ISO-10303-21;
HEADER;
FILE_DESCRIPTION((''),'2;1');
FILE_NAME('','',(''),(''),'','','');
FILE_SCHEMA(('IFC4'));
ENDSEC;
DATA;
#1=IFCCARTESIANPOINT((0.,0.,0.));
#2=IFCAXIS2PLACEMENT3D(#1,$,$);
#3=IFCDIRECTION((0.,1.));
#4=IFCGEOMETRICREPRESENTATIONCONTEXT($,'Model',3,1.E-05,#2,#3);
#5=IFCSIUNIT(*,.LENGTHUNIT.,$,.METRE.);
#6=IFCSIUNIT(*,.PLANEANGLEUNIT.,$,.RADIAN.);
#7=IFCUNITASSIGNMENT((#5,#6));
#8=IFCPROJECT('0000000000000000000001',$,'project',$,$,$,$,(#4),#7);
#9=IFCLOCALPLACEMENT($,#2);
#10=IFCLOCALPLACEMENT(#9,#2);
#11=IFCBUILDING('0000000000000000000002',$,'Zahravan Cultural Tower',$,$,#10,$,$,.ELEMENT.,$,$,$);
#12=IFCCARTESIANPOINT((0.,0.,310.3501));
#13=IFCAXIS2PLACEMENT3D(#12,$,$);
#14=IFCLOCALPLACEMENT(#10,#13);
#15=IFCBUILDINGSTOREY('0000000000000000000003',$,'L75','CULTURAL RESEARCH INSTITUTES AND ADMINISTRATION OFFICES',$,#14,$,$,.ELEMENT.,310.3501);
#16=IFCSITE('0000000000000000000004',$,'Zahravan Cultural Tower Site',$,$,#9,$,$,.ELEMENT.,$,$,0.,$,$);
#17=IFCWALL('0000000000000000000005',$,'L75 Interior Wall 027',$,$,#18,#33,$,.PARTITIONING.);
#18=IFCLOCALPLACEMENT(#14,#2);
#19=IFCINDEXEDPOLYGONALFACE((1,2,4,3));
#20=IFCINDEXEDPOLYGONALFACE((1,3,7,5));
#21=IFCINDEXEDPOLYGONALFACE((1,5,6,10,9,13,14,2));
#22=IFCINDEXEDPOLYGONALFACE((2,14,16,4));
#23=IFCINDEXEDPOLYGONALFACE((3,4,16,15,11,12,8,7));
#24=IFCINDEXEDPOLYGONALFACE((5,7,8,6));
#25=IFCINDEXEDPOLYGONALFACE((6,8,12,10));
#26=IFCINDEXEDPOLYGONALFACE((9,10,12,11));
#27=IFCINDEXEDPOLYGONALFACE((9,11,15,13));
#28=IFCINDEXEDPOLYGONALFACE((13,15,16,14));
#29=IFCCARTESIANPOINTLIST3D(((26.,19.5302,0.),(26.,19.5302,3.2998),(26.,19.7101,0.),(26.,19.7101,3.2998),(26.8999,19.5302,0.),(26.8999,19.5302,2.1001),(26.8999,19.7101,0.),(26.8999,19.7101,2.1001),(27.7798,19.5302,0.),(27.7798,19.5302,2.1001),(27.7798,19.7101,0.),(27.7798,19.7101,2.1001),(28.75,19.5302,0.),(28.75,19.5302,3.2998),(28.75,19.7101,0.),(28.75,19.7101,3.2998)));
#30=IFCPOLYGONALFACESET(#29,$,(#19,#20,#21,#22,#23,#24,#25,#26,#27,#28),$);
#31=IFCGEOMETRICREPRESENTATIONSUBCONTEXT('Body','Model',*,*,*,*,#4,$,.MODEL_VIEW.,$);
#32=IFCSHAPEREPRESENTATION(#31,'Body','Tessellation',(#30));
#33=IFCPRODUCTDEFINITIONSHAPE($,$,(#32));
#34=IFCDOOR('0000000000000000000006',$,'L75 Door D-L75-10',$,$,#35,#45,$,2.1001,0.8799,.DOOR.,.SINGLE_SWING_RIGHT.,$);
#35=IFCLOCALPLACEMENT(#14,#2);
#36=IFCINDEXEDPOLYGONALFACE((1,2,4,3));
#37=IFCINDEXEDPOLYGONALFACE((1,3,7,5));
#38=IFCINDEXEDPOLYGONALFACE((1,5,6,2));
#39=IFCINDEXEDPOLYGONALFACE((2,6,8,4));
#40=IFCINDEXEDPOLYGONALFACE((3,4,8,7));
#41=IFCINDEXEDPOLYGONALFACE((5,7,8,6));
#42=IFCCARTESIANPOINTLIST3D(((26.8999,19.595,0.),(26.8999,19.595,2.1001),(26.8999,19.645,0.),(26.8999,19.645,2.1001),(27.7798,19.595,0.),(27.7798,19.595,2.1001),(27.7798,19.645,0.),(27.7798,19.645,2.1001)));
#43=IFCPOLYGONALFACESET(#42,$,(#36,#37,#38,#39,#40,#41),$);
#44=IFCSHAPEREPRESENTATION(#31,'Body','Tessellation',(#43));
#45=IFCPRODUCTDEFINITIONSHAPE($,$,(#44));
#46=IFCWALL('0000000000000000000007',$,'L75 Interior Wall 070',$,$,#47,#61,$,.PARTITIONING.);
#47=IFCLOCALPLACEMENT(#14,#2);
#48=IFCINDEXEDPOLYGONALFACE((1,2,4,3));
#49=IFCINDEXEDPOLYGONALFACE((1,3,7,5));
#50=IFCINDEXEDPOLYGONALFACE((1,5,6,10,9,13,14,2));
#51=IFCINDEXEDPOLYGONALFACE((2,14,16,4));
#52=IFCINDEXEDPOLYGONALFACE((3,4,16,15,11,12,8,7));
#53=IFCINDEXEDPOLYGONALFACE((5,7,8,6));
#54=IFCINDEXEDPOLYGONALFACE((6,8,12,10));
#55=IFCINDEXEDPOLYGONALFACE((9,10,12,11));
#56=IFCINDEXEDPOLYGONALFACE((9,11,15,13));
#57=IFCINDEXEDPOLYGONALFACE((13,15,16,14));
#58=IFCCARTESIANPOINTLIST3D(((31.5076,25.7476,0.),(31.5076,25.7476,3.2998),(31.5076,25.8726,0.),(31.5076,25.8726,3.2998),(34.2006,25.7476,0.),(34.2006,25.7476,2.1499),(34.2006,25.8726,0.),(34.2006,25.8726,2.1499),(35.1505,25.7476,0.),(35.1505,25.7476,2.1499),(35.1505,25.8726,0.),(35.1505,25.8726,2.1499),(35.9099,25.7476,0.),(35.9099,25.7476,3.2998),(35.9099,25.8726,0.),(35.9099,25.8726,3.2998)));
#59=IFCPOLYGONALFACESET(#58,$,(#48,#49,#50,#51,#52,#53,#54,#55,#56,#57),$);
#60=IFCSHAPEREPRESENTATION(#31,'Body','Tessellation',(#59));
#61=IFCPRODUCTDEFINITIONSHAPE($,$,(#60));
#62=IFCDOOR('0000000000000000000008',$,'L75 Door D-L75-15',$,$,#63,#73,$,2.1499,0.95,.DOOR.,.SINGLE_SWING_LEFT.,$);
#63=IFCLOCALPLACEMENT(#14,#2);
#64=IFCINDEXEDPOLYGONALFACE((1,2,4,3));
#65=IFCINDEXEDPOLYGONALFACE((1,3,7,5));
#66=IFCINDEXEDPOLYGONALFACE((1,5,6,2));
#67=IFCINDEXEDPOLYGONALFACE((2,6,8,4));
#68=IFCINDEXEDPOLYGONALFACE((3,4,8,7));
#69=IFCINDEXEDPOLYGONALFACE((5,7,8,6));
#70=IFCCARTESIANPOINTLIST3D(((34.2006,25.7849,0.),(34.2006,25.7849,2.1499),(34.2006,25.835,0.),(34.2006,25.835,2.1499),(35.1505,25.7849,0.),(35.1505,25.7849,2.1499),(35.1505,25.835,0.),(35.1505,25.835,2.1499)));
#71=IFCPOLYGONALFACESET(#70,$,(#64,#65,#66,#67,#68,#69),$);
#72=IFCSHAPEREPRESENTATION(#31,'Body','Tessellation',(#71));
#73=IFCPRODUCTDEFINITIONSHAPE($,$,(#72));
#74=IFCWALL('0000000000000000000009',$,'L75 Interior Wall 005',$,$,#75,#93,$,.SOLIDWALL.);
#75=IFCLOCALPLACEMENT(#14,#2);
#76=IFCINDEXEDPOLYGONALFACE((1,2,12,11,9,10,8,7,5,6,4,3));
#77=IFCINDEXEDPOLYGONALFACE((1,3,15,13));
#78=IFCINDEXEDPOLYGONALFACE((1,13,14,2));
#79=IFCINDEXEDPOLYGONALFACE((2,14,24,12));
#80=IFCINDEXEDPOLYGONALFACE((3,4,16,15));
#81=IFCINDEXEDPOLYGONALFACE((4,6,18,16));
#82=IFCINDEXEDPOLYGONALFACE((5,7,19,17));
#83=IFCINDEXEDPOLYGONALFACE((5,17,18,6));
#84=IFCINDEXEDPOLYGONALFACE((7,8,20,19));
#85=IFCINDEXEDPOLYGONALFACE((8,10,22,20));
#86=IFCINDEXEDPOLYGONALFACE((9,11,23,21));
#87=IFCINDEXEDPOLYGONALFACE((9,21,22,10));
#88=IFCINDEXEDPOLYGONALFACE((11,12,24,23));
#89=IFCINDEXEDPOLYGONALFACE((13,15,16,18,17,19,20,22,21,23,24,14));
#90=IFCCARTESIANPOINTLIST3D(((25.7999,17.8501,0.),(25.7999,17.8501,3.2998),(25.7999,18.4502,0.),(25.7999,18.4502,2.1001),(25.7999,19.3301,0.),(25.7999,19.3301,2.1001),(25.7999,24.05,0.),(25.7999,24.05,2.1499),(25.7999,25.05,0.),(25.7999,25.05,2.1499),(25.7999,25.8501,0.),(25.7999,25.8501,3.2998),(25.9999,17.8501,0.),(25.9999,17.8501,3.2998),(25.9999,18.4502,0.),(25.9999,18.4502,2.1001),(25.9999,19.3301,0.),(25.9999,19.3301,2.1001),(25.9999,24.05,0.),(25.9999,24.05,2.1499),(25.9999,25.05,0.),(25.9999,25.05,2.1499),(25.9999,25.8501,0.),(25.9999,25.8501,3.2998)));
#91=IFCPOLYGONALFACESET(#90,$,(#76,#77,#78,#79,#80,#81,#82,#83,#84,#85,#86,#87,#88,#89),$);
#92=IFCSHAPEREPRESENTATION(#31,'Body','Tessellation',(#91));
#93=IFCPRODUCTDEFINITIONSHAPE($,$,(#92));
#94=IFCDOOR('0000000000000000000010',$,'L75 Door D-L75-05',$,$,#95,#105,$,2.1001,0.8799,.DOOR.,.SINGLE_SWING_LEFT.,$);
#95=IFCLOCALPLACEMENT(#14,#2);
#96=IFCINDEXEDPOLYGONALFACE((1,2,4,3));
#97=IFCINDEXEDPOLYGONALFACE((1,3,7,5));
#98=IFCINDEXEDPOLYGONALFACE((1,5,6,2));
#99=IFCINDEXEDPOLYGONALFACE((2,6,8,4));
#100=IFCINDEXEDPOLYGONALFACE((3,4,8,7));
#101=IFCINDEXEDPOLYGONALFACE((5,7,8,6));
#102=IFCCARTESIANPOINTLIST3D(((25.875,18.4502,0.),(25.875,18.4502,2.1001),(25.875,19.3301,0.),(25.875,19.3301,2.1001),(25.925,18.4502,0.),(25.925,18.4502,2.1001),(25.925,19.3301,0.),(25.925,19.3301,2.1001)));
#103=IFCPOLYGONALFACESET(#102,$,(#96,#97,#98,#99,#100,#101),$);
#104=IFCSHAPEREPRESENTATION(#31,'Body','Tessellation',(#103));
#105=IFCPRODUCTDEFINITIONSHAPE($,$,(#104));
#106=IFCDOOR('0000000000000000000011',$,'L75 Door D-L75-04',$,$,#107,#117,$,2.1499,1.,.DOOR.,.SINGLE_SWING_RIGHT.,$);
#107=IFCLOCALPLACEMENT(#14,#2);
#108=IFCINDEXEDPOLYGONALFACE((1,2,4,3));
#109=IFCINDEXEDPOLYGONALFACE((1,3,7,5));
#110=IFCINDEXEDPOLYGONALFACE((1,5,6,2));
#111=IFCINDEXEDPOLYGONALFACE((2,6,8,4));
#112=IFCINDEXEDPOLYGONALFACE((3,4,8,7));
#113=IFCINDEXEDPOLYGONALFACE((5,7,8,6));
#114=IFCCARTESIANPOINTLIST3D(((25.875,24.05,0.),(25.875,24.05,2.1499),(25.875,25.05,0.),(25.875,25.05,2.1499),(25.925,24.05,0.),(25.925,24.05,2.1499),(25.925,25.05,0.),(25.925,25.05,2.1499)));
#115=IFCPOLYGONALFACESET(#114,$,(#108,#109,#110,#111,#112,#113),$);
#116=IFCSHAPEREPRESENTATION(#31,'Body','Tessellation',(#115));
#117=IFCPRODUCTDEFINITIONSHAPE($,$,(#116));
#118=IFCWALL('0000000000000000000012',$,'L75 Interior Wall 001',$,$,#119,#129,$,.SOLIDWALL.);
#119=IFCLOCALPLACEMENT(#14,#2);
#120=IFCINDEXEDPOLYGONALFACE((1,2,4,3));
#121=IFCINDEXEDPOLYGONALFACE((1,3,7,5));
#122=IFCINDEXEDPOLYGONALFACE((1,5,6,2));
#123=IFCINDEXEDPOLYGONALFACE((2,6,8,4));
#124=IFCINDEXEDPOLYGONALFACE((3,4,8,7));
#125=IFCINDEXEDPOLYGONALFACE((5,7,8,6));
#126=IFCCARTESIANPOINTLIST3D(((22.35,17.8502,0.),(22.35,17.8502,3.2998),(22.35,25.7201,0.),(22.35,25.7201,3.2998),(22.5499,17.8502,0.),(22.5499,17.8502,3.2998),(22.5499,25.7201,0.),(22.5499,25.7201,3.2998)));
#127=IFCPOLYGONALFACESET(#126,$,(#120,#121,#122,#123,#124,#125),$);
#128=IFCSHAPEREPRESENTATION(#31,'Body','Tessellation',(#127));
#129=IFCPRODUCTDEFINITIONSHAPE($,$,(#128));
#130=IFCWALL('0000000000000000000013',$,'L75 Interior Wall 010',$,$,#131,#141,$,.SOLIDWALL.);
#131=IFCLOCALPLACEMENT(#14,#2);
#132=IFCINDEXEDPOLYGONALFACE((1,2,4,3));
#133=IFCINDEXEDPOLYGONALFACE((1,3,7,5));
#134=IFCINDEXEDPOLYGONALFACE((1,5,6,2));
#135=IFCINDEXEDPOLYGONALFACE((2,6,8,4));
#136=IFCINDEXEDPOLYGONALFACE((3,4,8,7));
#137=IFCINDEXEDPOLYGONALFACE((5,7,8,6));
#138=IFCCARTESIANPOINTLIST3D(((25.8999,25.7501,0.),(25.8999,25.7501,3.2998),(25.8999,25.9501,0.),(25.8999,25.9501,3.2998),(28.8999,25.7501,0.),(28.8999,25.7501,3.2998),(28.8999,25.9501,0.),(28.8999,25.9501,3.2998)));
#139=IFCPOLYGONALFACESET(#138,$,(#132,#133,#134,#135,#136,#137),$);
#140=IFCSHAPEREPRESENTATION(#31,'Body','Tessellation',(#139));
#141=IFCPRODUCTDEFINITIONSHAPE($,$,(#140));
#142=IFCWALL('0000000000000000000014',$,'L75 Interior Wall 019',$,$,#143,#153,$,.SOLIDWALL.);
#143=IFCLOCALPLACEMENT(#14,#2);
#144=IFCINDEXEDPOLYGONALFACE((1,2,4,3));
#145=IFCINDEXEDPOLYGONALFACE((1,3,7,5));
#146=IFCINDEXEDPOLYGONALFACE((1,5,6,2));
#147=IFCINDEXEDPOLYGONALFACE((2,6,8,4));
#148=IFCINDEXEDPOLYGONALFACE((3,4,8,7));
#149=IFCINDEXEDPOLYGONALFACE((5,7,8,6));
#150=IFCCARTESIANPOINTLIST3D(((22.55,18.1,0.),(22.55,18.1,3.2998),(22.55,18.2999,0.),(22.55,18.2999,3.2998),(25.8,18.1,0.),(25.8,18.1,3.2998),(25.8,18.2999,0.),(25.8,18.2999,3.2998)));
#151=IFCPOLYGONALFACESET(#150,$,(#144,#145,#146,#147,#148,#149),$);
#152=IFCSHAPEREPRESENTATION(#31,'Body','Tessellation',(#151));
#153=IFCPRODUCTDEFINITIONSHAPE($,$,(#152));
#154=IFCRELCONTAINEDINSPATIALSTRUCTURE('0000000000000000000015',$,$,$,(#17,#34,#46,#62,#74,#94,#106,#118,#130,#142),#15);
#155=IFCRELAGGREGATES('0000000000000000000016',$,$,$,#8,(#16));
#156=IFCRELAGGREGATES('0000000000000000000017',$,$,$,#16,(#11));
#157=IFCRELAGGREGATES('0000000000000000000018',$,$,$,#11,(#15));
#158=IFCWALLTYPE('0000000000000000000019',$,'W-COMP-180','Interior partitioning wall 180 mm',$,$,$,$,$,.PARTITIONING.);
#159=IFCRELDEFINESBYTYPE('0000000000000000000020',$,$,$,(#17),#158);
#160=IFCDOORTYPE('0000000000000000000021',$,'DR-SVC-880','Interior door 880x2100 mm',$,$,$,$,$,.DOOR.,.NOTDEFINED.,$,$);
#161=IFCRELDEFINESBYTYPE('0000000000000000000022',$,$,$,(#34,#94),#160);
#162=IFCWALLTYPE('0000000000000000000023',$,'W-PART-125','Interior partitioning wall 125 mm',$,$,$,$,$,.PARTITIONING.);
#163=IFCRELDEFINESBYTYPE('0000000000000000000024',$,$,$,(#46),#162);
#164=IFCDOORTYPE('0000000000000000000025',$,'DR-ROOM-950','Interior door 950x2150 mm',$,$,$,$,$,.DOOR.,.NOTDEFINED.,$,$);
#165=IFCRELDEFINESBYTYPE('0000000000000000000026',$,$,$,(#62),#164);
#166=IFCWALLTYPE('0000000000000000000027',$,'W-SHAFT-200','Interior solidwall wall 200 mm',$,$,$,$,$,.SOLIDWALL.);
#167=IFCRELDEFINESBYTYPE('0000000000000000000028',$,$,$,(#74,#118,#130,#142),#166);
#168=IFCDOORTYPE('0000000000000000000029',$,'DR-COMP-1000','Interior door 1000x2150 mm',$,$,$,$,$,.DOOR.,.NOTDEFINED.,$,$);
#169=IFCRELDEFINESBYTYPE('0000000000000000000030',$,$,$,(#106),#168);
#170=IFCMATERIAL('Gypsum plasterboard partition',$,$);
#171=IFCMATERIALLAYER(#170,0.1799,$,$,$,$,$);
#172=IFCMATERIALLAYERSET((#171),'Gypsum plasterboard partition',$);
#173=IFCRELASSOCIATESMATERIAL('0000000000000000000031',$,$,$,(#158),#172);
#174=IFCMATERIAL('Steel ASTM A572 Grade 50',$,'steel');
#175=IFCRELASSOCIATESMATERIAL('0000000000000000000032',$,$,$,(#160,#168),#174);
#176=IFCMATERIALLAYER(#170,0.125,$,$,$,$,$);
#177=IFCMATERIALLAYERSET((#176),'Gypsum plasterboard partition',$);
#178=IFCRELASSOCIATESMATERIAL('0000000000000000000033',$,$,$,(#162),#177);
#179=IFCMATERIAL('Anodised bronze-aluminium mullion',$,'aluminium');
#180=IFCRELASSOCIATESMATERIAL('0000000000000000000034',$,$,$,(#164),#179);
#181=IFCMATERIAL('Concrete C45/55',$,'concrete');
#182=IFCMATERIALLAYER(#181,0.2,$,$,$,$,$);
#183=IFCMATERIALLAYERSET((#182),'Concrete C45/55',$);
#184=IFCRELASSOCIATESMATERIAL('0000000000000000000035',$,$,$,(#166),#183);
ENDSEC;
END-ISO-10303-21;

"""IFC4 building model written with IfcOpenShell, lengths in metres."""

from ifc_helpers import new_model, si_unit, direction, frame, frame_2d, origin, place, context, subcontext, project, spatial, rectangle, extrude, source, transform, mapped, material, layer, layer_set, type_object, element, fill, save


model = new_model("IFC4")

# Units and contexts
model_context = context("Model", 3, precision=1e-05, world=origin(), true_north=direction((0.0, 1.0)))
body_context = subcontext(model_context, "Body", "Model", "MODEL_VIEW")
ifc_project = project(units=[si_unit("LENGTHUNIT", "METRE"), si_unit("PLANEANGLEUNIT", "RADIAN")], contexts=[model_context])

# Site, building, storey
site_placement = place(None, origin())
site = spatial("IfcSite", under=ifc_project, at=site_placement, Name="Zahravan Cultural Tower Site", CompositionType="ELEMENT", RefElevation=0.0)
building_placement = place(site_placement, origin())
building = spatial("IfcBuilding", under=site, at=building_placement, Name="Zahravan Cultural Tower", CompositionType="ELEMENT")
storey_placement = place(building_placement, frame((0.0, 0.0, 310.3501)))
storey = spatial("IfcBuildingStorey", under=building, at=storey_placement, Name="L75", Description="CULTURAL RESEARCH INSTITUTES AND ADMINISTRATION OFFICES", CompositionType="ELEMENT", Elevation=310.3501)

# Walls, openings, doors
ifc_material_1 = material(Name="Gypsum plasterboard partition")
ifc_layer_1 = layer(ifc_material_1, 0.1799)
ifc_layer_set_1 = layer_set([ifc_layer_1], Name="Gypsum plasterboard partition")
wall_type_1 = type_object("IfcWallType", Name="W-COMP-180", Description="Interior partitioning wall 180 mm", PredefinedType="PARTITIONING", material=ifc_layer_set_1)
wall_1_placement = place(storey_placement, frame((26.0, 19.6201, 0.0), z_axis=(0.0, 0.0, 1.0), x_axis=(1.0, 0.0, 0.0)))
wall_1 = element("IfcWall", 1, at=wall_1_placement, inside=storey, type_object=wall_type_1, Name="L75 Interior Wall 027", PredefinedType="PARTITIONING", context=body_context, shape_type="SweptSolid", body=[
    extrude(rectangle(XDim=2.75, YDim=0.1799, at=frame_2d((1.375, 0.0))), origin(), (0.0, 0.0, 1.0), 3.2998),
])
opening_1_placement = place(wall_1_placement, frame((0.8999, 0.0, 0.0)))
opening_1 = element("IfcOpeningElement", 2, at=opening_1_placement, cuts=wall_1, PredefinedType="OPENING", context=body_context, shape_type="SweptSolid", body=[
    extrude(rectangle(XDim=0.8799, YDim=2.1001, at=frame_2d((0.4399, 1.05))), frame((0.0, 0.0999, 0.0), z_axis=(0.0, -1.0, 0.0), x_axis=(1.0, 0.0, 0.0)), (0.0, 0.0, 1.0), 0.2),
])
ifc_material_2 = material(Name="Steel ASTM A572 Grade 50", Category="steel")
door_type_1 = type_object("IfcDoorType", Name="DR-SVC-880", Description="Interior door 880x2100 mm", OperationType="NOTDEFINED", PredefinedType="DOOR", material=ifc_material_2)
shared_shape_1 = source(origin(), body_context, "Body", "SweptSolid", [
    extrude(rectangle(XDim=0.8799, YDim=2.1001, at=frame_2d((0.4399, 1.05))), frame((0.0, 0.0249, 0.0), z_axis=(0.0, -1.0, 0.0), x_axis=(1.0, 0.0, 0.0)), (0.0, 0.0, 1.0), 0.05),
])
door_1_placement = place(opening_1_placement, origin())
door_1 = element("IfcDoor", 3, at=door_1_placement, inside=storey, type_object=door_type_1, Name="L75 Door D-L75-10", OperationType="SINGLE_SWING_RIGHT", OverallHeight=2.1001, OverallWidth=0.8799, PredefinedType="DOOR", context=body_context, shape_type="MappedRepresentation", body=[
    mapped(shared_shape_1, transform((0.0, 0.0, 0.0), x_axis=(1.0, 0.0, 0.0), y_axis=(0.0, 1.0, 0.0), z_axis=(0.0, 0.0, 1.0), scale=1.0)),
])
fill(opening_1, door_1)
ifc_layer_2 = layer(ifc_material_1, 0.125)
ifc_layer_set_2 = layer_set([ifc_layer_2], Name="Gypsum plasterboard partition")
wall_type_2 = type_object("IfcWallType", Name="W-PART-125", Description="Interior partitioning wall 125 mm", PredefinedType="PARTITIONING", material=ifc_layer_set_2)
wall_2_placement = place(storey_placement, frame((31.5076, 25.8101, 0.0), z_axis=(0.0, 0.0, 1.0), x_axis=(1.0, 0.0, 0.0)))
wall_2 = element("IfcWall", 4, at=wall_2_placement, inside=storey, type_object=wall_type_2, Name="L75 Interior Wall 070", PredefinedType="PARTITIONING", context=body_context, shape_type="SweptSolid", body=[
    extrude(rectangle(XDim=4.4023, YDim=0.125, at=frame_2d((2.2012, 0.0))), origin(), (0.0, 0.0, 1.0), 3.2998),
])
opening_2_placement = place(wall_2_placement, frame((2.6929, 0.0, 0.0)))
opening_2 = element("IfcOpeningElement", 5, at=opening_2_placement, cuts=wall_2, PredefinedType="OPENING", context=body_context, shape_type="SweptSolid", body=[
    extrude(rectangle(XDim=0.95, YDim=2.1499, at=frame_2d((0.4751, 1.075))), frame((0.0, 0.0725, 0.0), z_axis=(0.0, -1.0, 0.0), x_axis=(1.0, 0.0, 0.0)), (0.0, 0.0, 1.0), 0.145),
])
ifc_material_3 = material(Name="Anodised bronze-aluminium mullion", Category="aluminium")
door_type_2 = type_object("IfcDoorType", Name="DR-ROOM-950", Description="Interior door 950x2150 mm", OperationType="NOTDEFINED", PredefinedType="DOOR", material=ifc_material_3)
shared_shape_2 = source(origin(), body_context, "Body", "SweptSolid", [
    extrude(rectangle(XDim=0.95, YDim=2.1499, at=frame_2d((0.4751, 1.075))), frame((0.0, 0.0249, 0.0), z_axis=(0.0, -1.0, 0.0), x_axis=(1.0, 0.0, 0.0)), (0.0, 0.0, 1.0), 0.05),
])
door_2_placement = place(opening_2_placement, origin())
door_2 = element("IfcDoor", 6, at=door_2_placement, inside=storey, type_object=door_type_2, Name="L75 Door D-L75-15", OperationType="SINGLE_SWING_LEFT", OverallHeight=2.1499, OverallWidth=0.95, PredefinedType="DOOR", context=body_context, shape_type="MappedRepresentation", body=[
    mapped(shared_shape_2, transform((0.0, 0.0, 0.0), x_axis=(1.0, 0.0, 0.0), y_axis=(0.0, 1.0, 0.0), z_axis=(0.0, 0.0, 1.0), scale=1.0)),
])
fill(opening_2, door_2)

# Wall, openings, doors
ifc_material_4 = material(Name="Concrete C45/55", Category="concrete")
ifc_layer_3 = layer(ifc_material_4, 0.2)
ifc_layer_set_3 = layer_set([ifc_layer_3], Name="Concrete C45/55")
wall_type_3 = type_object("IfcWallType", Name="W-SHAFT-200", Description="Interior solidwall wall 200 mm", PredefinedType="SOLIDWALL", material=ifc_layer_set_3)
wall_3_placement = place(storey_placement, frame((25.8999, 17.8501, 0.0), z_axis=(0.0, 0.0, 1.0), x_axis=(0.0, 1.0, 0.0)))
wall_3 = element("IfcWall", 7, at=wall_3_placement, inside=storey, type_object=wall_type_3, Name="L75 Interior Wall 005", PredefinedType="SOLIDWALL", context=body_context, shape_type="SweptSolid", body=[
    extrude(rectangle(XDim=8.0, YDim=0.2, at=frame_2d((4.0, 0.0))), origin(), (0.0, 0.0, 1.0), 3.2998),
])
opening_3_placement = place(wall_3_placement, frame((6.2, 0.0, 0.0)))
opening_3 = element("IfcOpeningElement", 8, at=opening_3_placement, cuts=wall_3, PredefinedType="OPENING", context=body_context, shape_type="SweptSolid", body=[
    extrude(rectangle(XDim=1.0, YDim=2.1499, at=frame_2d((0.5, 1.075))), frame((0.0, 0.1099, 0.0), z_axis=(0.0, -1.0, 0.0), x_axis=(1.0, 0.0, 0.0)), (0.0, 0.0, 1.0), 0.22),
])
opening_4_placement = place(wall_3_placement, frame((0.6001, 0.0, 0.0)))
opening_4 = element("IfcOpeningElement", 9, at=opening_4_placement, cuts=wall_3, PredefinedType="OPENING", context=body_context, shape_type="SweptSolid", body=[
    extrude(rectangle(XDim=0.8799, YDim=2.1001, at=frame_2d((0.4399, 1.05))), frame((0.0, 0.1099, 0.0), z_axis=(0.0, -1.0, 0.0), x_axis=(1.0, 0.0, 0.0)), (0.0, 0.0, 1.0), 0.22),
])
door_3_placement = place(opening_4_placement, origin())
door_3 = element("IfcDoor", 10, at=door_3_placement, inside=storey, type_object=door_type_1, Name="L75 Door D-L75-05", OperationType="SINGLE_SWING_LEFT", OverallHeight=2.1001, OverallWidth=0.8799, PredefinedType="DOOR", context=body_context, shape_type="MappedRepresentation", body=[
    mapped(shared_shape_1, transform((0.0, 0.0, 0.0), x_axis=(1.0, 0.0, 0.0), y_axis=(0.0, 1.0, 0.0), z_axis=(0.0, 0.0, 1.0), scale=1.0)),
])
fill(opening_4, door_3)
door_type_3 = type_object("IfcDoorType", Name="DR-COMP-1000", Description="Interior door 1000x2150 mm", OperationType="NOTDEFINED", PredefinedType="DOOR", material=ifc_material_2)
shared_shape_3 = source(origin(), body_context, "Body", "SweptSolid", [
    extrude(rectangle(XDim=1.0, YDim=2.1499, at=frame_2d((0.5, 1.075))), frame((0.0, 0.0249, 0.0), z_axis=(0.0, -1.0, 0.0), x_axis=(1.0, 0.0, 0.0)), (0.0, 0.0, 1.0), 0.05),
])
door_4_placement = place(opening_3_placement, origin())
door_4 = element("IfcDoor", 11, at=door_4_placement, inside=storey, type_object=door_type_3, Name="L75 Door D-L75-04", OperationType="SINGLE_SWING_RIGHT", OverallHeight=2.1499, OverallWidth=1.0, PredefinedType="DOOR", context=body_context, shape_type="MappedRepresentation", body=[
    mapped(shared_shape_3, transform((0.0, 0.0, 0.0), x_axis=(1.0, 0.0, 0.0), y_axis=(0.0, 1.0, 0.0), z_axis=(0.0, 0.0, 1.0), scale=1.0)),
])
fill(opening_3, door_4)

# Walls
shared_shape_4 = source(origin(), body_context, "Body", "SweptSolid", [
    extrude(rectangle(XDim=7.8699, YDim=0.2, at=frame_2d((3.9351, 0.0))), origin(), (0.0, 0.0, 1.0), 3.2998),
])
wall_4_placement = place(storey_placement, frame((22.45, 17.8501, 0.0), z_axis=(0.0, 0.0, 1.0), x_axis=(0.0, 1.0, 0.0)))
element("IfcWall", 12, at=wall_4_placement, inside=storey, type_object=wall_type_3, Name="L75 Interior Wall 001", PredefinedType="SOLIDWALL", context=body_context, shape_type="MappedRepresentation", body=[
    mapped(shared_shape_4, transform((0.0, 0.0, 0.0), x_axis=(1.0, 0.0, 0.0), y_axis=(0.0, 1.0, 0.0), z_axis=(0.0, 0.0, 1.0), scale=1.0)),
])
shared_shape_5 = source(origin(), body_context, "Body", "SweptSolid", [
    extrude(rectangle(XDim=3.0, YDim=0.2, at=frame_2d((1.5, 0.0))), origin(), (0.0, 0.0, 1.0), 3.2998),
])
wall_5_placement = place(storey_placement, frame((25.8999, 25.8501, 0.0), z_axis=(0.0, 0.0, 1.0), x_axis=(1.0, 0.0, 0.0)))
element("IfcWall", 13, at=wall_5_placement, inside=storey, type_object=wall_type_3, Name="L75 Interior Wall 010", PredefinedType="SOLIDWALL", context=body_context, shape_type="MappedRepresentation", body=[
    mapped(shared_shape_5, transform((0.0, 0.0, 0.0), x_axis=(1.0, 0.0, 0.0), y_axis=(0.0, 1.0, 0.0), z_axis=(0.0, 0.0, 1.0), scale=1.0)),
])
shared_shape_6 = source(origin(), body_context, "Body", "SweptSolid", [
    extrude(rectangle(XDim=3.25, YDim=0.2, at=frame_2d((1.625, 0.0))), origin(), (0.0, 0.0, 1.0), 3.2998),
])
wall_6_placement = place(storey_placement, frame((22.55, 18.2, 0.0), z_axis=(0.0, 0.0, 1.0), x_axis=(1.0, 0.0, 0.0)))
element("IfcWall", 14, at=wall_6_placement, inside=storey, type_object=wall_type_3, Name="L75 Interior Wall 019", PredefinedType="SOLIDWALL", context=body_context, shape_type="MappedRepresentation", body=[
    mapped(shared_shape_6, transform((0.0, 0.0, 0.0), x_axis=(1.0, 0.0, 0.0), y_axis=(0.0, 1.0, 0.0), z_axis=(0.0, 0.0, 1.0), scale=1.0)),
])

save(model, "model.ifc")
